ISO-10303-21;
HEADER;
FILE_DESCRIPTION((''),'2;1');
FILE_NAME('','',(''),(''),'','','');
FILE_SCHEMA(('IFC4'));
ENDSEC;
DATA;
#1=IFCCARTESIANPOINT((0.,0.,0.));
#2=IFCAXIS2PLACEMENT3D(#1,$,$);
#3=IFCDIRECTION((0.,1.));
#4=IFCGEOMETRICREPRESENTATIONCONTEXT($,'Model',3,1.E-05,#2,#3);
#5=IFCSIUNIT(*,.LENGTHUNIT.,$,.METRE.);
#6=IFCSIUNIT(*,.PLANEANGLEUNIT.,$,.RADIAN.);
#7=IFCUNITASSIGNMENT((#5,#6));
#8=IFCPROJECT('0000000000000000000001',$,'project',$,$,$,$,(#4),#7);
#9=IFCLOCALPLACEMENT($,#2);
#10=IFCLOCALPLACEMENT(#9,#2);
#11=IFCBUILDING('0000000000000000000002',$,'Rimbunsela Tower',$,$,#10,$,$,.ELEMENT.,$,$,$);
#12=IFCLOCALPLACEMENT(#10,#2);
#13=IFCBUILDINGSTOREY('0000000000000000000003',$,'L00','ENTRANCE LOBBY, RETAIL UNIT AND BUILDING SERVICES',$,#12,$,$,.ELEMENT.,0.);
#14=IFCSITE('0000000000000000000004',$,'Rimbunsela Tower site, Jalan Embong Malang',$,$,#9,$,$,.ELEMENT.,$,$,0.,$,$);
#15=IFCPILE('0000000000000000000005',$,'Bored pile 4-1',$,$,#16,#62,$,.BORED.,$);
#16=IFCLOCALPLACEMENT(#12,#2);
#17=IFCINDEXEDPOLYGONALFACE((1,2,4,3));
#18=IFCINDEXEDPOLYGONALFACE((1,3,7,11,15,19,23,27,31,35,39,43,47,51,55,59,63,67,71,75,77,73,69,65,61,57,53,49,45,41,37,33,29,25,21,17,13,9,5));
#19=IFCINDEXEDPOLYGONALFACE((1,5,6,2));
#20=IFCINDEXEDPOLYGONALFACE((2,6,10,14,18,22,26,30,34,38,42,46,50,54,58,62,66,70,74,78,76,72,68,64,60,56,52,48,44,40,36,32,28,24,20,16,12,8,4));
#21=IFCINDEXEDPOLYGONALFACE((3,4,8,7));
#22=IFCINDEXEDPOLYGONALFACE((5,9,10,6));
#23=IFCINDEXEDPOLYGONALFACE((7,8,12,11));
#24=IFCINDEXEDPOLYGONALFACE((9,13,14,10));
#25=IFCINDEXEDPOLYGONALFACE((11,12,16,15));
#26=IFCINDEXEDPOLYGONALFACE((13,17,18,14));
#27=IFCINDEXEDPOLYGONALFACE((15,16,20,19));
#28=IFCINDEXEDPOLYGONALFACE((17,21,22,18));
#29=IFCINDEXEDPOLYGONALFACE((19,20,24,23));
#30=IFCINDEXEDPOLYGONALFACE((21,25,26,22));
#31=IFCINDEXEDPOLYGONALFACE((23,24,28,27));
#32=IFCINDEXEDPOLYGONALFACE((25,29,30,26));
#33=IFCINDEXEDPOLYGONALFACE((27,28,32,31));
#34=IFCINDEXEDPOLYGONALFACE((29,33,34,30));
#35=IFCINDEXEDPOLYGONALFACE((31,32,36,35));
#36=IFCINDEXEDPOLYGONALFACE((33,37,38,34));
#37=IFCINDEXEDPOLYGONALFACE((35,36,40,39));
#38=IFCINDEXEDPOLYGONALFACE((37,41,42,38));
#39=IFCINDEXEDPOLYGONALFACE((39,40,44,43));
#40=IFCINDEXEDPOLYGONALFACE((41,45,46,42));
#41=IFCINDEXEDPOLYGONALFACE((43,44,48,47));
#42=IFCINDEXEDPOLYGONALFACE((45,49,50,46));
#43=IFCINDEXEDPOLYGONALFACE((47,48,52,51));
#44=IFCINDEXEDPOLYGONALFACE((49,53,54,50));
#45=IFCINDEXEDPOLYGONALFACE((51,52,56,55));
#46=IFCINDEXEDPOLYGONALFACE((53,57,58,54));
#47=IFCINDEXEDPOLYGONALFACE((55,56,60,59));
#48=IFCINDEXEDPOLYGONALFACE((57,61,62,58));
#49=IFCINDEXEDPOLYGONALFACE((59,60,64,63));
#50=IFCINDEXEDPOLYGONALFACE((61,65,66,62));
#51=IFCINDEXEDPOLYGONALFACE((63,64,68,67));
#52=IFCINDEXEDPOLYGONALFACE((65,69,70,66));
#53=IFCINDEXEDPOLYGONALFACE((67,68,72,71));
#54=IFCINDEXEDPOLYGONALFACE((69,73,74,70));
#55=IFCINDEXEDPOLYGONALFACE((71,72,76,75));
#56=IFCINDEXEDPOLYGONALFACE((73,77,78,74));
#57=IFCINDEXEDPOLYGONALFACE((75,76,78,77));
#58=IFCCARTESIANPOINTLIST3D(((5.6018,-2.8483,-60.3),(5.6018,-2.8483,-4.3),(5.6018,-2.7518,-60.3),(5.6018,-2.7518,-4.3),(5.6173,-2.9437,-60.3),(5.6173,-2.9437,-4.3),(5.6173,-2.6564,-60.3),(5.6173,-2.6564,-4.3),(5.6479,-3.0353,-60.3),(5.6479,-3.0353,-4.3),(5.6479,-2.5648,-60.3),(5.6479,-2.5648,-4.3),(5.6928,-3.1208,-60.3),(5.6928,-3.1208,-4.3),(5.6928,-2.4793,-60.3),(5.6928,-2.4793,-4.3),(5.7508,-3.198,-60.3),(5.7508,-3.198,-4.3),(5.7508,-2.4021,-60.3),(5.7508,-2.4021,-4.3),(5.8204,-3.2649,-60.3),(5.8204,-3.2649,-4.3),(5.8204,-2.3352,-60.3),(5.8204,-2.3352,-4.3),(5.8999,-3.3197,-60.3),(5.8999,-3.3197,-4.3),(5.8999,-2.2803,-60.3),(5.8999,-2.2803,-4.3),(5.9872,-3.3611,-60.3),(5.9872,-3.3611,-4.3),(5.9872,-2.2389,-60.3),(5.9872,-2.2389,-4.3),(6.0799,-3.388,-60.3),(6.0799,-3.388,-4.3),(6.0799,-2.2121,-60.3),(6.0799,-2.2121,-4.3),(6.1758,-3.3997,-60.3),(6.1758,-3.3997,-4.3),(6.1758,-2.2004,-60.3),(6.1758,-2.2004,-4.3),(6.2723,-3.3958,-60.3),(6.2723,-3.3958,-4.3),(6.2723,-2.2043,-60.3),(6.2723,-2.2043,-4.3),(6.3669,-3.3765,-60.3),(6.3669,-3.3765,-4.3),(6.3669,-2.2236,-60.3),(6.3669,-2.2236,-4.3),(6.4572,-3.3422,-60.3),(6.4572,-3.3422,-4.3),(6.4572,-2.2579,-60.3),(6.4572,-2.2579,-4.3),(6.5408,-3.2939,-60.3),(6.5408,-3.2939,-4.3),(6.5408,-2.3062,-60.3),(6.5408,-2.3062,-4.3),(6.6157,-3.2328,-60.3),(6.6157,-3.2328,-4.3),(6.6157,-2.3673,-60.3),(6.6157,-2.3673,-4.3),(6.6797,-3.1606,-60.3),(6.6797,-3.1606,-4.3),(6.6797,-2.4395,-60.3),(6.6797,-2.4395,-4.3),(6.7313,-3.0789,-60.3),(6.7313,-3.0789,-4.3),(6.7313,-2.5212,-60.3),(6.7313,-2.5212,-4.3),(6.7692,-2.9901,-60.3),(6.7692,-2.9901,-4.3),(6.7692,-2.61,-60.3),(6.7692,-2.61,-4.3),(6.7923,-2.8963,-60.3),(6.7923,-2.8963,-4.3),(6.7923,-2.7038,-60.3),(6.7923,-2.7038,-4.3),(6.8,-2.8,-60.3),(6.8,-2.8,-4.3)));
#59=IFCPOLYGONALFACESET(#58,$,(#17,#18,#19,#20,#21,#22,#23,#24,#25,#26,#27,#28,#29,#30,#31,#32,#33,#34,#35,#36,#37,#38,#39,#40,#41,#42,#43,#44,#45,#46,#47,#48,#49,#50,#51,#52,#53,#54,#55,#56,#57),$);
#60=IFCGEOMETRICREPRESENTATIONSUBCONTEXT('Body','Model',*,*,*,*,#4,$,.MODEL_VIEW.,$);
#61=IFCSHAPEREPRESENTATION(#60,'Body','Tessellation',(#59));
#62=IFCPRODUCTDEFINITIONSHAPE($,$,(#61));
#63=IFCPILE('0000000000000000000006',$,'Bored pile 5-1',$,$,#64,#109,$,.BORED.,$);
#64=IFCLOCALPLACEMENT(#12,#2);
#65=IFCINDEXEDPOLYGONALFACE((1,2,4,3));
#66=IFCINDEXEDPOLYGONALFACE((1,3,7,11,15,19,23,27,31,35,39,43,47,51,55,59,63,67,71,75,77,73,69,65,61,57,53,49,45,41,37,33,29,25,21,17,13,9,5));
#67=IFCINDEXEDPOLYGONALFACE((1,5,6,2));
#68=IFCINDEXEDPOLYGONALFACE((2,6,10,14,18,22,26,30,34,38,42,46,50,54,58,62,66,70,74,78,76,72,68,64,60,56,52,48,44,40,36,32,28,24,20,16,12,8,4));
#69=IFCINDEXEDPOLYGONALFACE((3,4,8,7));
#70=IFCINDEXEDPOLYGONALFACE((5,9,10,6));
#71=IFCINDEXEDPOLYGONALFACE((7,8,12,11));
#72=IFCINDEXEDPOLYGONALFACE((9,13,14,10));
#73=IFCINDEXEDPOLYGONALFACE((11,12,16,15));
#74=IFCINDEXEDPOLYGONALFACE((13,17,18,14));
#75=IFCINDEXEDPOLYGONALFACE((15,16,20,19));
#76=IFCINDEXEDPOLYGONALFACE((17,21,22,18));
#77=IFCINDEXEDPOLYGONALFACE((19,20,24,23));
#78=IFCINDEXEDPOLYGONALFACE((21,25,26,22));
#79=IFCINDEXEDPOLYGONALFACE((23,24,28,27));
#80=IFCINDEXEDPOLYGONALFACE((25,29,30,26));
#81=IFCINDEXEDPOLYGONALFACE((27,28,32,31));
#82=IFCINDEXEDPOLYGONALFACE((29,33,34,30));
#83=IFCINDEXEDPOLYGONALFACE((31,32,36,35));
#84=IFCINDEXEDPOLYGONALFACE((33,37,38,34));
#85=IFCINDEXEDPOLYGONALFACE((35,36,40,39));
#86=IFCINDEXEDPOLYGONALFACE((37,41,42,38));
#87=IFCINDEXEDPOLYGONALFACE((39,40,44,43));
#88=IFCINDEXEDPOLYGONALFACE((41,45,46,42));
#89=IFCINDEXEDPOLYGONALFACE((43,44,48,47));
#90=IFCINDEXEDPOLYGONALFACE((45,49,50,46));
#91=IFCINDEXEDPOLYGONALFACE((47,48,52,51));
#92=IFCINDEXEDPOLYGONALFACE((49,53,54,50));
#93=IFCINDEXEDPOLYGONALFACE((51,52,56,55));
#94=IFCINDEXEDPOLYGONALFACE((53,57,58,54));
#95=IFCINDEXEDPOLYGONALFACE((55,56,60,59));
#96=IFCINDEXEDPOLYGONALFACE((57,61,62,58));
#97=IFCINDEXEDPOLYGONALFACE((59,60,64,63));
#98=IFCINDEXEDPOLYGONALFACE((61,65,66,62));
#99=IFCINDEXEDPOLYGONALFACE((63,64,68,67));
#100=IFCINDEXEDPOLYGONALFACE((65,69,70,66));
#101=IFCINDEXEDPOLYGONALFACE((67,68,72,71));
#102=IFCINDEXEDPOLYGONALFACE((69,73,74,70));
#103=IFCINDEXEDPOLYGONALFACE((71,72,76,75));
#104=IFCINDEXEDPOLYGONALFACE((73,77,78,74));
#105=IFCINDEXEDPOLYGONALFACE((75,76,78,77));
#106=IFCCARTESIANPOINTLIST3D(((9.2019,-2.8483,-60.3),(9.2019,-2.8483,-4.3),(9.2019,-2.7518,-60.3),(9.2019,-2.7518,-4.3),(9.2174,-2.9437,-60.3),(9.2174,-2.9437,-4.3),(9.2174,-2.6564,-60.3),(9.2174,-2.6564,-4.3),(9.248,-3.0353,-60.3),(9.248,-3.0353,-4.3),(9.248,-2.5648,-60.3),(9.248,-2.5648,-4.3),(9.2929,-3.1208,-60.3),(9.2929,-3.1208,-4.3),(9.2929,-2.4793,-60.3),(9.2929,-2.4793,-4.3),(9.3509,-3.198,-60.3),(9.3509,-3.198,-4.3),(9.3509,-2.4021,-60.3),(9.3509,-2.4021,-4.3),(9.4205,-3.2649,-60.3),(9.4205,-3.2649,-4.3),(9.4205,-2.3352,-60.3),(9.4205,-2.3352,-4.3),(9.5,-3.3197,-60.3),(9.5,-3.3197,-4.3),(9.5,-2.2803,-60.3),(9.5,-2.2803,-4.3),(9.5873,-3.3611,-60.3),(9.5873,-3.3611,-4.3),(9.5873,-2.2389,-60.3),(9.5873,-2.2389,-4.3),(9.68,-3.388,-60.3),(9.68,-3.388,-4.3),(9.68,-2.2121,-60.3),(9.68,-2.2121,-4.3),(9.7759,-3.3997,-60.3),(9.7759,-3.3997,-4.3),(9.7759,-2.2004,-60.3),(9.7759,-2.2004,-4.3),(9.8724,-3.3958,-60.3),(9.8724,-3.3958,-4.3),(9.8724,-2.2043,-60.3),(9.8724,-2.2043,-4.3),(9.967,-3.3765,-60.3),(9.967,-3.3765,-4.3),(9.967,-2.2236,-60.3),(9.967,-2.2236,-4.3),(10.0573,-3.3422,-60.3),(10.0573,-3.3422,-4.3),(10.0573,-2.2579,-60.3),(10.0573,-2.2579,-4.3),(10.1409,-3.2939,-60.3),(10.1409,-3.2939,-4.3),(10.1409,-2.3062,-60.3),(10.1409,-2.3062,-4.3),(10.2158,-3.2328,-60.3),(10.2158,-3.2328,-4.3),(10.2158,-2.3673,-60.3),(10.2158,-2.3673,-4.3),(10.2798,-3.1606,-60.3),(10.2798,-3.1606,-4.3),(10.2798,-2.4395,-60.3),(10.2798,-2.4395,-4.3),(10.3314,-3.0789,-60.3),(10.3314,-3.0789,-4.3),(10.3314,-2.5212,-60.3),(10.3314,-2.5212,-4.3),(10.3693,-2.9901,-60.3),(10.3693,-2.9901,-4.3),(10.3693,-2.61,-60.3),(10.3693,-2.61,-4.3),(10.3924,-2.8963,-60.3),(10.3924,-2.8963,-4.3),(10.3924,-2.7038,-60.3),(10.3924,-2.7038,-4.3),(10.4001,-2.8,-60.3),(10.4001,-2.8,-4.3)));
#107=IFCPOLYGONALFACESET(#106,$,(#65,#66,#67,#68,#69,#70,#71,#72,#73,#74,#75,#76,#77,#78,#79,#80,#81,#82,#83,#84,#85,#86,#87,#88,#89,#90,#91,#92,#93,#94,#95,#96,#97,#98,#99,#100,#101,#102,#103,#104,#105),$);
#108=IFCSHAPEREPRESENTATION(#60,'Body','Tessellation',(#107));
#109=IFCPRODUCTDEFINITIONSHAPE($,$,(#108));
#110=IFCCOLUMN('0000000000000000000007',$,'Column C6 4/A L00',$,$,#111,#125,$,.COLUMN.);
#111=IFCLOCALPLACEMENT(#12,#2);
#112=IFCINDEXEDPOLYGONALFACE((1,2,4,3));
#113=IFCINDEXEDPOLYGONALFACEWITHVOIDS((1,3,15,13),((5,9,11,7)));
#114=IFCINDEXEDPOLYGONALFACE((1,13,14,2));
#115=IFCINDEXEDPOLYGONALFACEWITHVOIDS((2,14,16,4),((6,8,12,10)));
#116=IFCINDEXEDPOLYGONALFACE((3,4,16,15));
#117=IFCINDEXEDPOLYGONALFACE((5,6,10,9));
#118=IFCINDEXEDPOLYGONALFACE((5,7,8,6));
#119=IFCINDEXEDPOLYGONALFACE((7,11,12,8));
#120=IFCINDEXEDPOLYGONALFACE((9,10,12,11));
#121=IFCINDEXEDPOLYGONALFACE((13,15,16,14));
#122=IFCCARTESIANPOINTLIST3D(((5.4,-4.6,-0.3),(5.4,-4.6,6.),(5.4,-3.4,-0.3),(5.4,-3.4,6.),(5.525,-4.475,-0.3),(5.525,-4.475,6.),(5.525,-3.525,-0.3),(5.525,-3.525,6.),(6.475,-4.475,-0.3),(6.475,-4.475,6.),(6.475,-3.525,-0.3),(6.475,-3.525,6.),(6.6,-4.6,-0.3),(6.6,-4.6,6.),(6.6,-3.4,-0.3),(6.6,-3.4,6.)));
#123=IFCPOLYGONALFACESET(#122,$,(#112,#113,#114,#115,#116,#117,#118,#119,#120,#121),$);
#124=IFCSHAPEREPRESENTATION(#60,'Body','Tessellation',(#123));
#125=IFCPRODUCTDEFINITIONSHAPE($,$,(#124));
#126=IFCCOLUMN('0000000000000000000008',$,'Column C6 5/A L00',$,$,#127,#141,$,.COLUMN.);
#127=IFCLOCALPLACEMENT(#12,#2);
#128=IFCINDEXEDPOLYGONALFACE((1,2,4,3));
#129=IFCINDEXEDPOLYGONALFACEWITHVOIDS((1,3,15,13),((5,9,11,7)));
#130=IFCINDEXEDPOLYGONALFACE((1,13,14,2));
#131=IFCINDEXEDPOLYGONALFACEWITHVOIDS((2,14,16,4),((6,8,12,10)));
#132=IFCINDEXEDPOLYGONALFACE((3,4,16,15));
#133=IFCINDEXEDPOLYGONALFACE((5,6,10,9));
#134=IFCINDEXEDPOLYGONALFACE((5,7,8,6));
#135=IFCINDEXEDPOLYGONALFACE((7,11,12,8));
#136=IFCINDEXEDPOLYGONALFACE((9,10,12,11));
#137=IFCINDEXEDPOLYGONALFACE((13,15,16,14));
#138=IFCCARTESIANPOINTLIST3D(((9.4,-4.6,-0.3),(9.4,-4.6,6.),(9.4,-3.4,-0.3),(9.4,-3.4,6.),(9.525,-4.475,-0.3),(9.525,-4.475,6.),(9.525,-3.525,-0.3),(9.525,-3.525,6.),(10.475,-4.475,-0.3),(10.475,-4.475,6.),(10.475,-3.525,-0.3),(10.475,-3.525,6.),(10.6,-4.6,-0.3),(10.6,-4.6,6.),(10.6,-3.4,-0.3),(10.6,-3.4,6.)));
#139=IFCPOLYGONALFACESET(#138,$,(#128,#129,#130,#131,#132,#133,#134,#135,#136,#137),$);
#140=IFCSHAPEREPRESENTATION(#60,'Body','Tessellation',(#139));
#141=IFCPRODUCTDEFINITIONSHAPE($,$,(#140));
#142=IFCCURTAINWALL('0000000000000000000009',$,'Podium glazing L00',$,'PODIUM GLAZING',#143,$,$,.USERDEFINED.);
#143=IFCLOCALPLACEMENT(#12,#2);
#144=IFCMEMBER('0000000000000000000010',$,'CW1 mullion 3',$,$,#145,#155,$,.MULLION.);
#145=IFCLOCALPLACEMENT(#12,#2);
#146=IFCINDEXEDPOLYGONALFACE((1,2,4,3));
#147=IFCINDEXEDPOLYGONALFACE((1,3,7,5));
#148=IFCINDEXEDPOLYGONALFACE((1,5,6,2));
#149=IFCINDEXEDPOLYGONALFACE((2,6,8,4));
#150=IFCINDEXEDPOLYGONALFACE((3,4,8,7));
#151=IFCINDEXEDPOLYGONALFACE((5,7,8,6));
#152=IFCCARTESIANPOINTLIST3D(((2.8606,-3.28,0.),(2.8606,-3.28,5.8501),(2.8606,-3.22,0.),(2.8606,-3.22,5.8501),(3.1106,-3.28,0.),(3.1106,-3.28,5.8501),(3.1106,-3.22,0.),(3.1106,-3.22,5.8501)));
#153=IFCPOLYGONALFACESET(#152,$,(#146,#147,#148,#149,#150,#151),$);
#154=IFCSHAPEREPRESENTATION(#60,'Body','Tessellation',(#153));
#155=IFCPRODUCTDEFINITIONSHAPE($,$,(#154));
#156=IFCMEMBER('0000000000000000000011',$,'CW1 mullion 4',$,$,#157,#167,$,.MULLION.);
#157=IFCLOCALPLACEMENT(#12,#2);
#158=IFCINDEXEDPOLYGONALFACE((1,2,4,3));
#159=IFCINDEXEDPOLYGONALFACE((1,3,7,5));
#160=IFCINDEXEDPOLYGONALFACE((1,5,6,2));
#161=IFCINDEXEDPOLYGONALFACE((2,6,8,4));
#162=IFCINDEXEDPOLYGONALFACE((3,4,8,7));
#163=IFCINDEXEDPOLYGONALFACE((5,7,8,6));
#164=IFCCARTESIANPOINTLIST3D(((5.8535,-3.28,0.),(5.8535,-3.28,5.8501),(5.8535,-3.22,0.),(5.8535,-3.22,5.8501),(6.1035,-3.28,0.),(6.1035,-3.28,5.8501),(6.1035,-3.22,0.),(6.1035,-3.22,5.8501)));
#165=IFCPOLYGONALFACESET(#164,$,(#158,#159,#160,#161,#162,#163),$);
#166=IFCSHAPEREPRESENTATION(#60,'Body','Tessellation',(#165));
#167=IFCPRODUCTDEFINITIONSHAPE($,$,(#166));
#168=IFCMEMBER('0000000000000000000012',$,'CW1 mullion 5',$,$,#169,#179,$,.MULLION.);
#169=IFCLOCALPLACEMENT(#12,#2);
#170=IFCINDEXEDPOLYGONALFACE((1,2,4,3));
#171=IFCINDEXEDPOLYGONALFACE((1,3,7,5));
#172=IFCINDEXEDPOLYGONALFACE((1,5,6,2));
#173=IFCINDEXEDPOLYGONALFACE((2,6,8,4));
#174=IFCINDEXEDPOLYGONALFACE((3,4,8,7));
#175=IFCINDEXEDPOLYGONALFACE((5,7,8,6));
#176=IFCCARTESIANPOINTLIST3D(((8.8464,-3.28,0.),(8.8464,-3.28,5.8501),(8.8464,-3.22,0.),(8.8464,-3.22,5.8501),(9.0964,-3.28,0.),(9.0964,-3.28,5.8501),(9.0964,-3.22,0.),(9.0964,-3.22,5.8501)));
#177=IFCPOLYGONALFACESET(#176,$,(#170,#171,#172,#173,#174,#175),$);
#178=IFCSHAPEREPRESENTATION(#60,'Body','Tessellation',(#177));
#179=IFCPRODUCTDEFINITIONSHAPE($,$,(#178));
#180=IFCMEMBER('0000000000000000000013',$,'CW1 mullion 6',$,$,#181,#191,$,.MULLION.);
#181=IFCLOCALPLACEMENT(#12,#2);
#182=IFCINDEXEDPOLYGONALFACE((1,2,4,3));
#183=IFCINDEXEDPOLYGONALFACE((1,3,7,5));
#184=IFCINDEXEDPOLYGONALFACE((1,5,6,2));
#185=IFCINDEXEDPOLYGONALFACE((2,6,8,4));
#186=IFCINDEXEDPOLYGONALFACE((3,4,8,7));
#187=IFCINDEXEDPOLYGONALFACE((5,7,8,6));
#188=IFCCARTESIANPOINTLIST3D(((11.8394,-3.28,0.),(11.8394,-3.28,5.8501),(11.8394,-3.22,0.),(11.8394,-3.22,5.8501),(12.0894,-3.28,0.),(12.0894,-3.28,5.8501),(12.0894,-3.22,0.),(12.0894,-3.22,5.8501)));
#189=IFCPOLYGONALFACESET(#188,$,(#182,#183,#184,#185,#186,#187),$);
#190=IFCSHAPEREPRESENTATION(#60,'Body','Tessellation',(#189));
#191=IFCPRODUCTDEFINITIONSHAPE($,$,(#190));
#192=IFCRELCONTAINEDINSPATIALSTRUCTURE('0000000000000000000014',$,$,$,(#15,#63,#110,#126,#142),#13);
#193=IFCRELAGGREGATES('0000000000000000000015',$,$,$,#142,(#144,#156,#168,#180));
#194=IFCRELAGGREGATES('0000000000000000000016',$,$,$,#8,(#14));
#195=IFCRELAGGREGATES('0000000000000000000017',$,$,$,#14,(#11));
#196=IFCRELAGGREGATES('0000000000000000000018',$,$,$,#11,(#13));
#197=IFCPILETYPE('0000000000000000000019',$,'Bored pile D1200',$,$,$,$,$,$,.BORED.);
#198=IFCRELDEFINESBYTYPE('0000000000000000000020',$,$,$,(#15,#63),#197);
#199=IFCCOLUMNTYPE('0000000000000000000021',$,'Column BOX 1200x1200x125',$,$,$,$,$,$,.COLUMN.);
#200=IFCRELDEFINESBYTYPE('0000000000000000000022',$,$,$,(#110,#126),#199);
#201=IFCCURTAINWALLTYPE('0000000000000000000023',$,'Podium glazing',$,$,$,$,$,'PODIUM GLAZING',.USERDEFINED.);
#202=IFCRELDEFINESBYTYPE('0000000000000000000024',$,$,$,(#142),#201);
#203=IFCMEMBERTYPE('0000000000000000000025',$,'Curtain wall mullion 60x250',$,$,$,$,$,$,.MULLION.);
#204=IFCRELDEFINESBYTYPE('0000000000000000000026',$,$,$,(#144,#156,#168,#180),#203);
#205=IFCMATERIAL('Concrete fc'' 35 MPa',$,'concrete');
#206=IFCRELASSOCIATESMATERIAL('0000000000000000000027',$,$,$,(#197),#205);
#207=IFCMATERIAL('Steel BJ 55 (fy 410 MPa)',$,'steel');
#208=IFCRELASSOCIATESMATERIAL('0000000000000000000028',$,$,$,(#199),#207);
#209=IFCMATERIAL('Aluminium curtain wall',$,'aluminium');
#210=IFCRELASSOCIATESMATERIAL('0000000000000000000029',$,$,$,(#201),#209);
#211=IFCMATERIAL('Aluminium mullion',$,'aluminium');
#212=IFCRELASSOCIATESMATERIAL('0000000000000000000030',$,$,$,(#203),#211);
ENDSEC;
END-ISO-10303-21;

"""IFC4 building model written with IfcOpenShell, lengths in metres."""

from ifc_helpers import new_model, si_unit, direction, frame, origin, origin_2d, place, context, subcontext, project, spatial, rectangle, hollow_rectangle, circle, extrude, material, material_profile, profile_set, type_object, element, aggregate, save


model = new_model("IFC4")

# Units and contexts
model_context = context("Model", 3, precision=1e-05, world=origin(), true_north=direction((0.0, 1.0)))
body_context = subcontext(model_context, "Body", "Model", "MODEL_VIEW")
ifc_project = project(units=[si_unit("LENGTHUNIT", "METRE"), si_unit("PLANEANGLEUNIT", "RADIAN")], contexts=[model_context])

# Site, building, storey
site_placement = place(None, origin())
site = spatial("IfcSite", under=ifc_project, at=site_placement, Name="Rimbunsela Tower site, Jalan Embong Malang", CompositionType="ELEMENT", RefElevation=0.0)
building_placement = place(site_placement, origin())
building = spatial("IfcBuilding", under=site, at=building_placement, Name="Rimbunsela Tower", CompositionType="ELEMENT")
storey_placement = place(building_placement, origin())
storey = spatial("IfcBuildingStorey", under=building, at=storey_placement, Name="L00", Description="ENTRANCE LOBBY, RETAIL UNIT AND BUILDING SERVICES", CompositionType="ELEMENT", Elevation=0.0)

# Piles
ifc_material_1 = material(Name="Concrete fc' 35 MPa", Category="concrete")
ifc_material_profile_1 = material_profile(ifc_material_1, circle(Radius=0.6001, at=origin_2d()), Name="BP D1200")
ifc_profile_set_1 = profile_set([ifc_material_profile_1], Name="Concrete fc' 35 MPa")
pile_type = type_object("IfcPileType", Name="Bored pile D1200", PredefinedType="BORED", material=ifc_profile_set_1)
for number, where, z_axis, x_axis, name in (
    (1, (6.2, -2.8, -4.3), (0.0, 0.0, -1.0), (1.0, 0.0, 0.0), "Bored pile 4-1"),
    (2, (9.8, -2.8, -4.3), (0.0, 0.0, -1.0), (1.0, 0.0, 0.0), "Bored pile 5-1"),
):
    element("IfcPile", number, at=place(storey_placement, frame(where, z_axis=z_axis, x_axis=x_axis)), inside=storey, type_object=pile_type, Name=name, PredefinedType="BORED", context=body_context, shape_type="SweptSolid", body=[
        extrude(circle(Radius=0.6001, at=origin_2d()), origin(), (0.0, 0.0, 1.0), 56.0),
    ])

# Columns
ifc_material_2 = material(Name="Steel BJ 55 (fy 410 MPa)", Category="steel")
ifc_material_profile_2 = material_profile(ifc_material_2, hollow_rectangle(XDim=1.2, YDim=1.2, WallThickness=0.125, at=origin_2d()), Name="BOX 1200x1200x125")
ifc_profile_set_2 = profile_set([ifc_material_profile_2], Name="Steel BJ 55 (fy 410 MPa)")
column_type = type_object("IfcColumnType", Name="Column BOX 1200x1200x125", PredefinedType="COLUMN", material=ifc_profile_set_2)
for number, where, z_axis, x_axis, name in (
    (3, (6.0, -4.0, -0.3), (0.0, 0.0, 1.0), (1.0, 0.0, 0.0), "Column C6 4/A L00"),
    (4, (10.0, -4.0, -0.3), (0.0, 0.0, 1.0), (1.0, 0.0, 0.0), "Column C6 5/A L00"),
):
    element("IfcColumn", number, at=place(storey_placement, frame(where, z_axis=z_axis, x_axis=x_axis)), inside=storey, type_object=column_type, Name=name, PredefinedType="COLUMN", context=body_context, shape_type="SweptSolid", body=[
        extrude(hollow_rectangle(XDim=1.2, YDim=1.2, WallThickness=0.125, at=origin_2d()), origin(), (0.0, 0.0, 1.0), 6.3),
    ])

# Curtain wall, members
ifc_material_3 = material(Name="Aluminium curtain wall", Category="aluminium")
curtain_wall_type = type_object("IfcCurtainWallType", Name="Podium glazing", ElementType="PODIUM GLAZING", PredefinedType="USERDEFINED", material=ifc_material_3)
curtain_wall_placement = place(storey_placement, origin())
curtain_wall = element("IfcCurtainWall", 5, at=curtain_wall_placement, inside=storey, type_object=curtain_wall_type, Name="Podium glazing L00", ObjectType="PODIUM GLAZING", PredefinedType="USERDEFINED")
ifc_material_4 = material(Name="Aluminium mullion", Category="aluminium")
ifc_material_profile_3 = material_profile(ifc_material_4, rectangle(XDim=0.0601, YDim=0.25, at=origin_2d()), Name="Mullion 60x250")
ifc_profile_set_3 = profile_set([ifc_material_profile_3], Name="Aluminium mullion")
member_type_1 = type_object("IfcMemberType", Name="Curtain wall mullion 60x250", PredefinedType="MULLION", material=ifc_profile_set_3)
member_1_placement = place(storey_placement, frame((2.9856, -3.25, 0.0), z_axis=(0.0, 0.0, 1.0), x_axis=(0.0, 1.0, 0.0)))
member_1 = element("IfcMember", 6, at=member_1_placement, type_object=member_type_1, Name="CW1 mullion 3", PredefinedType="MULLION", context=body_context, shape_type="SweptSolid", body=[
    extrude(rectangle(XDim=0.0601, YDim=0.25, at=origin_2d()), origin(), (0.0, 0.0, 1.0), 5.8501),
])
member_2_placement = place(storey_placement, frame((5.9785, -3.25, 0.0), z_axis=(0.0, 0.0, 1.0), x_axis=(0.0, 1.0, 0.0)))
member_2 = element("IfcMember", 7, at=member_2_placement, type_object=member_type_1, Name="CW1 mullion 4", PredefinedType="MULLION", context=body_context, shape_type="SweptSolid", body=[
    extrude(rectangle(XDim=0.0601, YDim=0.25, at=origin_2d()), origin(), (0.0, 0.0, 1.0), 5.8501),
])
member_3_placement = place(storey_placement, frame((8.9714, -3.25, 0.0), z_axis=(0.0, 0.0, 1.0), x_axis=(0.0, 1.0, 0.0)))
member_3 = element("IfcMember", 8, at=member_3_placement, type_object=member_type_1, Name="CW1 mullion 5", PredefinedType="MULLION", context=body_context, shape_type="SweptSolid", body=[
    extrude(rectangle(XDim=0.0601, YDim=0.25, at=origin_2d()), origin(), (0.0, 0.0, 1.0), 5.8501),
])
member_4_placement = place(storey_placement, frame((11.9644, -3.25, 0.0), z_axis=(0.0, 0.0, 1.0), x_axis=(0.0, 1.0, 0.0)))
member_4 = element("IfcMember", 9, at=member_4_placement, type_object=member_type_1, Name="CW1 mullion 6", PredefinedType="MULLION", context=body_context, shape_type="SweptSolid", body=[
    extrude(rectangle(XDim=0.0601, YDim=0.25, at=origin_2d()), origin(), (0.0, 0.0, 1.0), 5.8501),
])
aggregate(curtain_wall, [member_1, member_2, member_3, member_4])

save(model, "model.ifc")
